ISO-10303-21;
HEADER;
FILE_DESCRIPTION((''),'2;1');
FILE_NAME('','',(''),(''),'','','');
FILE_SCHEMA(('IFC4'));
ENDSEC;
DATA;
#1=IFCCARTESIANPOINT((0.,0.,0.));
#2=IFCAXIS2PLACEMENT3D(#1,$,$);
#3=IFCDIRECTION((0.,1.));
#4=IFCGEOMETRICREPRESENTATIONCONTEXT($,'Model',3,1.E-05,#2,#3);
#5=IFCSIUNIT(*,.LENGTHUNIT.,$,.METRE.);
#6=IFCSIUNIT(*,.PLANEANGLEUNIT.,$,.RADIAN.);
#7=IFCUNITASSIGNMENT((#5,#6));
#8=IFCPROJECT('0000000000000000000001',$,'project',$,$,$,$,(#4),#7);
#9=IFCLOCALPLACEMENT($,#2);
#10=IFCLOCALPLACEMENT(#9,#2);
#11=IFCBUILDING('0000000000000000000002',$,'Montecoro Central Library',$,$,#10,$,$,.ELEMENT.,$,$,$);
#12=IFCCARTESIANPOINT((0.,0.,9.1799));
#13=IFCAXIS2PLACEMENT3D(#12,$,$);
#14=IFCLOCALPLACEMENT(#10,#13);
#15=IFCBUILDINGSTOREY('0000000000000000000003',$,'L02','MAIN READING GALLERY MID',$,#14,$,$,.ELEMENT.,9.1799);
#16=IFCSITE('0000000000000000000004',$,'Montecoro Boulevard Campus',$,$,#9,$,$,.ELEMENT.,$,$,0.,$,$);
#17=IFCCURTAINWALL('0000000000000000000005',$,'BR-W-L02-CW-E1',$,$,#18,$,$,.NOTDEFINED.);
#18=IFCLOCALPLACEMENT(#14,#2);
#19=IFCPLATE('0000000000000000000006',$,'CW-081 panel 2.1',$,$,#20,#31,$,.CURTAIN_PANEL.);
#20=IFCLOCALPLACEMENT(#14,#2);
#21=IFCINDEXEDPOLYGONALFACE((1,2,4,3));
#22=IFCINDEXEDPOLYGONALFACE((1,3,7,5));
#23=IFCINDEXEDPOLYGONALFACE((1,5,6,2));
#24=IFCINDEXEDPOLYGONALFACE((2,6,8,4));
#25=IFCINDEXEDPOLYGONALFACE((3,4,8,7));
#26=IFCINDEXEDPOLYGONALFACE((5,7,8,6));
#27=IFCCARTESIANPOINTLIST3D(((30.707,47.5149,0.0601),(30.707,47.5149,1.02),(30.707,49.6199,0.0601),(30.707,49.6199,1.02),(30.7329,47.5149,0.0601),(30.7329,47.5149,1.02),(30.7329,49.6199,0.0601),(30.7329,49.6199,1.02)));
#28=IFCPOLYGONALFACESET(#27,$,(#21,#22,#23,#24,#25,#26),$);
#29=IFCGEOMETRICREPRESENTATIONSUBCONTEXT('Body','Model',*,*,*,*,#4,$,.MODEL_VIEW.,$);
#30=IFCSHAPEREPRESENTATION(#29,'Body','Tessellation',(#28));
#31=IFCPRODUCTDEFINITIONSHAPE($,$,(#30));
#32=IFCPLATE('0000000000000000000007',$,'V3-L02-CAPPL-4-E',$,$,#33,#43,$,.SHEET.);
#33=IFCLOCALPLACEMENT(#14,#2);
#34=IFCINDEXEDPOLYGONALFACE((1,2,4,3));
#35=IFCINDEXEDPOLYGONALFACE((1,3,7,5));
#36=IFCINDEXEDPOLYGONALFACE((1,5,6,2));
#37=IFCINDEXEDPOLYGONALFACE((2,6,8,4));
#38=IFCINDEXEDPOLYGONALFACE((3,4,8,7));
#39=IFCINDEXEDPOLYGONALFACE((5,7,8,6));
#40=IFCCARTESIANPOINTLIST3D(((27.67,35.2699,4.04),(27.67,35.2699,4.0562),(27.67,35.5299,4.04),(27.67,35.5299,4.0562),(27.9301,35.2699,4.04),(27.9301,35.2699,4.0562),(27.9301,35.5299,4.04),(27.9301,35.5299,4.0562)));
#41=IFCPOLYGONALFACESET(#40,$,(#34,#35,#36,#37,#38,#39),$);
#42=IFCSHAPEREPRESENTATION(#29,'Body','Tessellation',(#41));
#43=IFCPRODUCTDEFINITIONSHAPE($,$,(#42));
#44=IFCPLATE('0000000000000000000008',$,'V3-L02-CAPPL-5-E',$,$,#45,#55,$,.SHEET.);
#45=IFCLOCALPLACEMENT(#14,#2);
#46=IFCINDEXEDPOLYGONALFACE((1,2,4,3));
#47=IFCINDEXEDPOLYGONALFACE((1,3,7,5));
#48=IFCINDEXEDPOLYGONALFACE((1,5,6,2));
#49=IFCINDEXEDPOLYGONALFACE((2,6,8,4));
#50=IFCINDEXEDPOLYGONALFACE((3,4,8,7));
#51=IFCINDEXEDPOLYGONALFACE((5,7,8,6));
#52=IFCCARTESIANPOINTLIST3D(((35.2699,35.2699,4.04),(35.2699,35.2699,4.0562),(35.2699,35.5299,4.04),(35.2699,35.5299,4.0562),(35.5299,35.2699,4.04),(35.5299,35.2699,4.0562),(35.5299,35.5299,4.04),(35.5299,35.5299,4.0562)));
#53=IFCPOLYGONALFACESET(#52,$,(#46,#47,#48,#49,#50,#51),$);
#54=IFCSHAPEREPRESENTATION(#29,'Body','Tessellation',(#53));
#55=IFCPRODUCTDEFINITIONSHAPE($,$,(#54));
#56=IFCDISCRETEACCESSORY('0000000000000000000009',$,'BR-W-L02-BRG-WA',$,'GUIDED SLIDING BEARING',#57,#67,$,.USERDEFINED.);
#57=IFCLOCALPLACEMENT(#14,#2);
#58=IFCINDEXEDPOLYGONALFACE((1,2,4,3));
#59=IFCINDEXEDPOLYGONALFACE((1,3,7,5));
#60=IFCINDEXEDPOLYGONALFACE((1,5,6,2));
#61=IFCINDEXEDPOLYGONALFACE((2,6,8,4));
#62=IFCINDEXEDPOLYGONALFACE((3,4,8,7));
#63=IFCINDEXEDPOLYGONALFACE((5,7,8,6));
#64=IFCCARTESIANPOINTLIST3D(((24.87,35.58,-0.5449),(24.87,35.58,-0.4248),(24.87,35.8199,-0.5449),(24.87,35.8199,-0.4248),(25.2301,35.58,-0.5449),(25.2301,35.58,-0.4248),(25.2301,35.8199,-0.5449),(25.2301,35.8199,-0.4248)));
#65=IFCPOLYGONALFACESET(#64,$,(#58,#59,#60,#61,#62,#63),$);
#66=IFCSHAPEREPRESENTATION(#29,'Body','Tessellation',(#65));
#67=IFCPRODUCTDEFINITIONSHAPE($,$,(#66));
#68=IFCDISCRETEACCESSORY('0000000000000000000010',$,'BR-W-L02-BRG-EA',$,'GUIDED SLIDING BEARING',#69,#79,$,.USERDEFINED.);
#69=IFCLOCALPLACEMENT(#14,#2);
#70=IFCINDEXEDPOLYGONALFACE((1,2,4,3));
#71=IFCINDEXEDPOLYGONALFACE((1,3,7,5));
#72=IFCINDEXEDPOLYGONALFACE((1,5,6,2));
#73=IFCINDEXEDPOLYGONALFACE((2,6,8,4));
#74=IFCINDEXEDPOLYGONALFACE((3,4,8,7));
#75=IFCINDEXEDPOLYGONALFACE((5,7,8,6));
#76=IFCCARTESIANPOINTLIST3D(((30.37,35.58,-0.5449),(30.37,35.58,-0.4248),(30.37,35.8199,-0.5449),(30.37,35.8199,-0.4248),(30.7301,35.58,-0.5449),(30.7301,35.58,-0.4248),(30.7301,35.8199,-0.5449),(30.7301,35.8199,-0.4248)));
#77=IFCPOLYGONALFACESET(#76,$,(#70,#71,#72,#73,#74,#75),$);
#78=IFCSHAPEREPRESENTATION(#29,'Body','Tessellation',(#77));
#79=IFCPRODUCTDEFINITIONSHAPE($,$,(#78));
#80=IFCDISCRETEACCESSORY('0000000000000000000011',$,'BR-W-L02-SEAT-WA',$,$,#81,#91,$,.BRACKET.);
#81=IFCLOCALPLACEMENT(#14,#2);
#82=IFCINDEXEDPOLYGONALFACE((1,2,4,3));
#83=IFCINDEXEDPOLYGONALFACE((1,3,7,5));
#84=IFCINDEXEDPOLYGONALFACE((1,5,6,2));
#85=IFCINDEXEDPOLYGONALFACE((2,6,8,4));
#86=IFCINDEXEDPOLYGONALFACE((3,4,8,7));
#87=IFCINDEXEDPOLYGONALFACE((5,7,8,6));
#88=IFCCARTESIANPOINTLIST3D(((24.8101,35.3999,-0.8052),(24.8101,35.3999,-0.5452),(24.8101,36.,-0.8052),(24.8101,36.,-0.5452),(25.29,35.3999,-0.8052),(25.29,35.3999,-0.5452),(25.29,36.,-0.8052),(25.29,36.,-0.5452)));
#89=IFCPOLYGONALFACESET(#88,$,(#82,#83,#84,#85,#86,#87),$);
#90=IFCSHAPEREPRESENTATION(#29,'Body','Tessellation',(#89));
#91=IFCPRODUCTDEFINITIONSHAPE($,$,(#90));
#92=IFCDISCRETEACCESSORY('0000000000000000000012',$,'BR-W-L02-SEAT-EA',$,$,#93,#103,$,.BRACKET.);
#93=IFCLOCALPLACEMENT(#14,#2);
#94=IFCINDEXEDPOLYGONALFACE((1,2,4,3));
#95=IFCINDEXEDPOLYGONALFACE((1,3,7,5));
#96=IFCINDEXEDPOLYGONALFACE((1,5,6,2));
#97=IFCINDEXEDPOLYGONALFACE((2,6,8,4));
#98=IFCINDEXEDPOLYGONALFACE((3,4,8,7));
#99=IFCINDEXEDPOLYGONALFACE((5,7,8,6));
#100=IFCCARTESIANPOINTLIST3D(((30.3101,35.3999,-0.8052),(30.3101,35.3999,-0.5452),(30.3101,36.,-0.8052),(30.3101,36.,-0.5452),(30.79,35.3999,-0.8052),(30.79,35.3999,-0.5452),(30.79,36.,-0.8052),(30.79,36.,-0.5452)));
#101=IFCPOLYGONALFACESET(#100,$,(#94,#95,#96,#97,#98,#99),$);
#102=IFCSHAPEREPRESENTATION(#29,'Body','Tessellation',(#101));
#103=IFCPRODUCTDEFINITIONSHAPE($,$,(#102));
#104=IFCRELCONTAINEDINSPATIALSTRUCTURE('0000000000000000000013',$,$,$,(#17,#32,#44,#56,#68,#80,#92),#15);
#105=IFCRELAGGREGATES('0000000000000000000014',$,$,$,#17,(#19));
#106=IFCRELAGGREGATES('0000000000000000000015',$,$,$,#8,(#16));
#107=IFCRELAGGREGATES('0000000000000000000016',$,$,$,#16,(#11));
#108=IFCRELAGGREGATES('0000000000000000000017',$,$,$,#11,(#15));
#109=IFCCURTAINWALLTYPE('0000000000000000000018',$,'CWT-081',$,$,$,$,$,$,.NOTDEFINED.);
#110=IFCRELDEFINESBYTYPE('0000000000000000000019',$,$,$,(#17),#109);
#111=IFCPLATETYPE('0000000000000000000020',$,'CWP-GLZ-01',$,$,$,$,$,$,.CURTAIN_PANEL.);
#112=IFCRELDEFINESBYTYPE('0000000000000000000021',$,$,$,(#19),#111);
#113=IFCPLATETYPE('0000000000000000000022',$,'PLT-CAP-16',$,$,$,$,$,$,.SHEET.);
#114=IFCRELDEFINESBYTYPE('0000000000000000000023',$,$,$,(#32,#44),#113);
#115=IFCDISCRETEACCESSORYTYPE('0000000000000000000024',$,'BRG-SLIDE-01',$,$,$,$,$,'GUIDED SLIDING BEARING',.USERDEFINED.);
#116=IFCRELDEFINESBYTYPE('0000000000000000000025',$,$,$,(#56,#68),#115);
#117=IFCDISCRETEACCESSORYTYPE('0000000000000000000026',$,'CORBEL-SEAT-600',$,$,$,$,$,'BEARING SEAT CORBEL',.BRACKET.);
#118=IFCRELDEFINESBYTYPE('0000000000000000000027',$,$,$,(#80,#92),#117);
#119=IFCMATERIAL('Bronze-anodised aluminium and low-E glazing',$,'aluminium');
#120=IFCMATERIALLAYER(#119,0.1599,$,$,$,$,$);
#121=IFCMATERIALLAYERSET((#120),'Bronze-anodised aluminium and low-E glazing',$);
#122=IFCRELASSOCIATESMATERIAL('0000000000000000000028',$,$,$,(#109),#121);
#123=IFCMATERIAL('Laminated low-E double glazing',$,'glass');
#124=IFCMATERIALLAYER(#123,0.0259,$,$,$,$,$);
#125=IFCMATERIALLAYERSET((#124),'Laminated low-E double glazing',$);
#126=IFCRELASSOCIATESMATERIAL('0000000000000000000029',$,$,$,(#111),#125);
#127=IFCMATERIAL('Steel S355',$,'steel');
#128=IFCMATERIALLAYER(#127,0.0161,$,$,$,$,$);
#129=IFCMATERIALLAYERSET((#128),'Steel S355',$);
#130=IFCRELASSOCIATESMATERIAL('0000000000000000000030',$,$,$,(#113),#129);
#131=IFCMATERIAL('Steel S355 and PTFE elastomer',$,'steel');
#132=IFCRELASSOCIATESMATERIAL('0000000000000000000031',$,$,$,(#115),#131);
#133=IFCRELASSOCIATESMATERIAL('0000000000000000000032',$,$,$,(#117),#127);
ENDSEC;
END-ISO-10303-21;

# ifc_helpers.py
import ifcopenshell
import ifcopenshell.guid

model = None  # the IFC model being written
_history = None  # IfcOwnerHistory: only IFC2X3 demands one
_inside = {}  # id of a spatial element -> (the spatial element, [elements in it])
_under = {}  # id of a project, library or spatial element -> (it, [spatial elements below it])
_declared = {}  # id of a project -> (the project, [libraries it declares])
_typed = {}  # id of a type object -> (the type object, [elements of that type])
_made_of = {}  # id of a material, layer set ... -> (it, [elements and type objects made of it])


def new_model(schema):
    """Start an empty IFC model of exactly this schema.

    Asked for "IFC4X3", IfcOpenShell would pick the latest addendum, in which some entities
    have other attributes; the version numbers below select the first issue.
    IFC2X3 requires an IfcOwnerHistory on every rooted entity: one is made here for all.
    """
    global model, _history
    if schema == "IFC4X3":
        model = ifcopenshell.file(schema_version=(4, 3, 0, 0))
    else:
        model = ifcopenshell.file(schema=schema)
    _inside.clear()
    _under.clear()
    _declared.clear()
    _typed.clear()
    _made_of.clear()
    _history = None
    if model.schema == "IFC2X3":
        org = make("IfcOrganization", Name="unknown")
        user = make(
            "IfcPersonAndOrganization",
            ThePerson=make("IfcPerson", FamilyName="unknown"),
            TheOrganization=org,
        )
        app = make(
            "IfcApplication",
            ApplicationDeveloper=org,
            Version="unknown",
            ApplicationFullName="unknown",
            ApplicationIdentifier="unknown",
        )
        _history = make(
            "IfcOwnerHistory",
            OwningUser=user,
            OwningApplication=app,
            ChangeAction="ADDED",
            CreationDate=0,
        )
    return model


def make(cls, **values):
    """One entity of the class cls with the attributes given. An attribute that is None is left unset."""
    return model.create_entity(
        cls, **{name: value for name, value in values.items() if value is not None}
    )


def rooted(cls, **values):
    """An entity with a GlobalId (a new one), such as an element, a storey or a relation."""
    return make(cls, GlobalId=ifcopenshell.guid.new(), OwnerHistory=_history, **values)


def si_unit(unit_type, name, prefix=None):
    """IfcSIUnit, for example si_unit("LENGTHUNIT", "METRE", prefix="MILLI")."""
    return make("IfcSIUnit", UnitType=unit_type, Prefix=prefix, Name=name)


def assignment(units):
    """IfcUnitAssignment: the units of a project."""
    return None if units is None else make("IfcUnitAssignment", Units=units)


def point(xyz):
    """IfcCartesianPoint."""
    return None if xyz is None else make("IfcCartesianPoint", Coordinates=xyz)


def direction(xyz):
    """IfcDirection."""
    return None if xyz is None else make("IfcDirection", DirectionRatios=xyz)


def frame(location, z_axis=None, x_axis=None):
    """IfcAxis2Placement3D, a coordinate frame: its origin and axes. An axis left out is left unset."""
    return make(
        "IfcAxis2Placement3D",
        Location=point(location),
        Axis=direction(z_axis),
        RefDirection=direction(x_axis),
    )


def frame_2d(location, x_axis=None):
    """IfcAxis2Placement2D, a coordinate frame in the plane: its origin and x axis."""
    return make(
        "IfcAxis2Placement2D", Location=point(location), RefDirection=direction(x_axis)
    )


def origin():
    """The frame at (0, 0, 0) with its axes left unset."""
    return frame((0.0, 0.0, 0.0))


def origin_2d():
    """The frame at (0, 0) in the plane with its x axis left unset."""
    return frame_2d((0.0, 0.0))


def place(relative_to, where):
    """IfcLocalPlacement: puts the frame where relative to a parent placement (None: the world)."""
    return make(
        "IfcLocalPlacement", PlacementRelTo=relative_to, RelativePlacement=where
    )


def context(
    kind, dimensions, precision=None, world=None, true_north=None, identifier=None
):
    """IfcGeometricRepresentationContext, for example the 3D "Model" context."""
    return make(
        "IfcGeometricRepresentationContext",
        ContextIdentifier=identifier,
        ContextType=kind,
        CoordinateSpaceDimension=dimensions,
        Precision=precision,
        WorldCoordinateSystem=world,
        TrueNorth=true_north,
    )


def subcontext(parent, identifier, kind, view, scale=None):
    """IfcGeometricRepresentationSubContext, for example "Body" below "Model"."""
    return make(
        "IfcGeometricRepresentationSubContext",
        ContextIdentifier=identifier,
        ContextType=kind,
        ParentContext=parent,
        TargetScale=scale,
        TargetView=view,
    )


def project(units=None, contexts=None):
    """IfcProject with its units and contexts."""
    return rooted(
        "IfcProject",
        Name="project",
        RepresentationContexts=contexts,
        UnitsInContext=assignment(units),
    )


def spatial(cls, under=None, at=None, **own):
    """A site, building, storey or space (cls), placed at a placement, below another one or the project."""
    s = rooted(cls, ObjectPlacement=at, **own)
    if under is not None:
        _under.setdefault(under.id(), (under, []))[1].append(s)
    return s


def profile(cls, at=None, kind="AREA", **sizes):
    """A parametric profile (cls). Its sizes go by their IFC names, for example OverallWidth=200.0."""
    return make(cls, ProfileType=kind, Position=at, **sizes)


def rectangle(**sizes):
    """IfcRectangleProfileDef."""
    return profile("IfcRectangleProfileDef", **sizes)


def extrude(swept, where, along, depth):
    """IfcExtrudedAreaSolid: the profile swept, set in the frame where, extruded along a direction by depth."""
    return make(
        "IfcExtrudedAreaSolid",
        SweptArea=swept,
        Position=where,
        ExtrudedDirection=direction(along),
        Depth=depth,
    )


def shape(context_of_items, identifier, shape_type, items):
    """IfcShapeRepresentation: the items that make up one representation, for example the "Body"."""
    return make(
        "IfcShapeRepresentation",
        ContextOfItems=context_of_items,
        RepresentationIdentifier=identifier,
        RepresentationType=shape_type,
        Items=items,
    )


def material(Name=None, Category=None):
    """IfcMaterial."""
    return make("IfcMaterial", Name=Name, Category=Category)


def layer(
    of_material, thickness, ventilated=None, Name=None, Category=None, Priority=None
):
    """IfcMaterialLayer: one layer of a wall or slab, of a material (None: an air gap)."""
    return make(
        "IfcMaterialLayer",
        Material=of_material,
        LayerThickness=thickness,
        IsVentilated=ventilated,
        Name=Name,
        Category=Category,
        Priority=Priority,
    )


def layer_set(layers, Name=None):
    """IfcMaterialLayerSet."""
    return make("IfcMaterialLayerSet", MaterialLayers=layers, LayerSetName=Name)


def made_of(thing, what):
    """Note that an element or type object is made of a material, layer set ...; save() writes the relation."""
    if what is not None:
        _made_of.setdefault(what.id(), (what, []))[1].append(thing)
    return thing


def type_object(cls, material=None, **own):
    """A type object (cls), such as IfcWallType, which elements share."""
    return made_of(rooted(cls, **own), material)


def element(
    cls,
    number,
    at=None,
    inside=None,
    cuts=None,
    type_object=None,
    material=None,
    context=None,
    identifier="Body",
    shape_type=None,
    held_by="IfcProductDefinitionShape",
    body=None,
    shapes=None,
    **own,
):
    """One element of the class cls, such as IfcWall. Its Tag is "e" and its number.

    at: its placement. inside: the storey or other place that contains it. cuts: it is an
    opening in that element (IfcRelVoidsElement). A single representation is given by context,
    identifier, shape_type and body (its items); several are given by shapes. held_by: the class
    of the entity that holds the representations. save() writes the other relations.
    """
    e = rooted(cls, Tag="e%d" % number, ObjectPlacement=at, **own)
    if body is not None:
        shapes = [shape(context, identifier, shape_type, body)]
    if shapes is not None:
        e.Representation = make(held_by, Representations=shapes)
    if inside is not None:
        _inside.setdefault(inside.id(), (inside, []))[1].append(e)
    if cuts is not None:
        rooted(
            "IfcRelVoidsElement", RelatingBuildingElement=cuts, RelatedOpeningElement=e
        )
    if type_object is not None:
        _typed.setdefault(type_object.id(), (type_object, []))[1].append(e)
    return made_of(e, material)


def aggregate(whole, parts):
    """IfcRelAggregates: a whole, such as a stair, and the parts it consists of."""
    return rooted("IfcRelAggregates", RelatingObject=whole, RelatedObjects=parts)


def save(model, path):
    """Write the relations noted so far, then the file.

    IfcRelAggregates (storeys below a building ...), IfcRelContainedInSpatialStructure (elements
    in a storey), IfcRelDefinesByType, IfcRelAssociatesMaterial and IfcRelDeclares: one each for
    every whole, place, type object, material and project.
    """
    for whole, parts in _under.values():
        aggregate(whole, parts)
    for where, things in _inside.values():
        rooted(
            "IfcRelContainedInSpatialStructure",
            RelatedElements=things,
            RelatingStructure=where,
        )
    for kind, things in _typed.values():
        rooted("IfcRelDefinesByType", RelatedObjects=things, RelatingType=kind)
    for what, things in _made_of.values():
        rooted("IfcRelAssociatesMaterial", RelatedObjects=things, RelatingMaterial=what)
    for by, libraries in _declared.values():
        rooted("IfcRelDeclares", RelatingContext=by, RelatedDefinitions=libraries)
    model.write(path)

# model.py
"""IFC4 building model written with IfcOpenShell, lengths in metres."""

from ifc_helpers import new_model, si_unit, direction, frame, origin, origin_2d, place, context, subcontext, project, spatial, rectangle, extrude, material, layer, layer_set, type_object, element, aggregate, save


model = new_model("IFC4")

# Units and contexts
model_context = context("Model", 3, precision=1e-05, world=origin(), true_north=direction((0.0, 1.0)))
body_context = subcontext(model_context, "Body", "Model", "MODEL_VIEW")
ifc_project = project(units=[si_unit("LENGTHUNIT", "METRE"), si_unit("PLANEANGLEUNIT", "RADIAN")], contexts=[model_context])

# Site, building, storey
site_placement = place(None, origin())
site = spatial("IfcSite", under=ifc_project, at=site_placement, Name="Montecoro Boulevard Campus", CompositionType="ELEMENT", RefElevation=0.0)
building_placement = place(site_placement, origin())
building = spatial("IfcBuilding", under=site, at=building_placement, Name="Montecoro Central Library", CompositionType="ELEMENT")
storey_placement = place(building_placement, frame((0.0, 0.0, 9.1799)))
storey = spatial("IfcBuildingStorey", under=building, at=storey_placement, Name="L02", Description="MAIN READING GALLERY MID", CompositionType="ELEMENT", Elevation=9.1799)

# Shared definitions
ifc_material_1 = material(Name="Steel S355", Category="steel")

# Curtain wall, plate
ifc_material_2 = material(Name="Bronze-anodised aluminium and low-E glazing", Category="aluminium")
ifc_layer_1 = layer(ifc_material_2, 0.1599)
ifc_layer_set_1 = layer_set([ifc_layer_1], Name="Bronze-anodised aluminium and low-E glazing")
curtain_wall_type = type_object("IfcCurtainWallType", Name="CWT-081", PredefinedType="NOTDEFINED", material=ifc_layer_set_1)
curtain_wall_placement = place(storey_placement, origin())
curtain_wall = element("IfcCurtainWall", 1, at=curtain_wall_placement, inside=storey, type_object=curtain_wall_type, Name="BR-W-L02-CW-E1", PredefinedType="NOTDEFINED")
ifc_material_3 = material(Name="Laminated low-E double glazing", Category="glass")
ifc_layer_2 = layer(ifc_material_3, 0.0259)
ifc_layer_set_2 = layer_set([ifc_layer_2], Name="Laminated low-E double glazing")
plate_type_1 = type_object("IfcPlateType", Name="CWP-GLZ-01", PredefinedType="CURTAIN_PANEL", material=ifc_layer_set_2)
plate_1_placement = place(storey_placement, frame((30.72, 48.5674, 0.0601), z_axis=(0.0, 0.0, 1.0), x_axis=(0.0, 1.0, 0.0)))
plate_1 = element("IfcPlate", 2, at=plate_1_placement, type_object=plate_type_1, Name="CW-081 panel 2.1", PredefinedType="CURTAIN_PANEL", context=body_context, shape_type="SweptSolid", body=[
    extrude(rectangle(XDim=2.105, YDim=0.0259, at=origin_2d()), origin(), (0.0, 0.0, 1.0), 0.96),
])
aggregate(curtain_wall, [plate_1])

# Plates
ifc_layer_3 = layer(ifc_material_1, 0.0161)
ifc_layer_set_3 = layer_set([ifc_layer_3], Name="Steel S355")
plate_type_2 = type_object("IfcPlateType", Name="PLT-CAP-16", PredefinedType="SHEET", material=ifc_layer_set_3)
for number, where, z_axis, x_axis, name in (
    (3, (27.8, 35.3999, 4.04), (0.0, 0.0, 1.0), (1.0, 0.0, 0.0), "V3-L02-CAPPL-4-E"),
    (4, (35.3999, 35.3999, 4.04), (0.0, 0.0, 1.0), (1.0, 0.0, 0.0), "V3-L02-CAPPL-5-E"),
):
    element("IfcPlate", number, at=place(storey_placement, frame(where, z_axis=z_axis, x_axis=x_axis)), inside=storey, type_object=plate_type_2, Name=name, PredefinedType="SHEET", context=body_context, shape_type="SweptSolid", body=[
        extrude(rectangle(XDim=0.26, YDim=0.26, at=origin_2d()), origin(), (0.0, 0.0, 1.0), 0.0161),
    ])

# Discrete accessories
ifc_material_4 = material(Name="Steel S355 and PTFE elastomer", Category="steel")
discrete_accessory_type_1 = type_object("IfcDiscreteAccessoryType", Name="BRG-SLIDE-01", ElementType="GUIDED SLIDING BEARING", PredefinedType="USERDEFINED", material=ifc_material_4)
for number, where, z_axis, x_axis, name in (
    (5, (25.05, 35.7, -0.5449), (0.0, 0.0, 1.0), (1.0, 0.0, 0.0), "BR-W-L02-BRG-WA"),
    (6, (30.55, 35.7, -0.5449), (0.0, 0.0, 1.0), (1.0, 0.0, 0.0), "BR-W-L02-BRG-EA"),
):
    element("IfcDiscreteAccessory", number, at=place(storey_placement, frame(where, z_axis=z_axis, x_axis=x_axis)), inside=storey, type_object=discrete_accessory_type_1, Name=name, ObjectType="GUIDED SLIDING BEARING", PredefinedType="USERDEFINED", context=body_context, shape_type="SweptSolid", body=[
        extrude(rectangle(XDim=0.3601, YDim=0.24, at=origin_2d()), origin(), (0.0, 0.0, 1.0), 0.1201),
    ])
discrete_accessory_type_2 = type_object("IfcDiscreteAccessoryType", Name="CORBEL-SEAT-600", ElementType="BEARING SEAT CORBEL", PredefinedType="BRACKET", material=ifc_material_1)
for number, where, z_axis, x_axis, name in (
    (7, (25.05, 35.7, -0.8052), (0.0, 0.0, 1.0), (1.0, 0.0, 0.0), "BR-W-L02-SEAT-WA"),
    (8, (30.55, 35.7, -0.8052), (0.0, 0.0, 1.0), (1.0, 0.0, 0.0), "BR-W-L02-SEAT-EA"),
):
    element("IfcDiscreteAccessory", number, at=place(storey_placement, frame(where, z_axis=z_axis, x_axis=x_axis)), inside=storey, type_object=discrete_accessory_type_2, Name=name, PredefinedType="BRACKET", context=body_context, shape_type="SweptSolid", body=[
        extrude(rectangle(XDim=0.48, YDim=0.6001, at=origin_2d()), origin(), (0.0, 0.0, 1.0), 0.26),
    ])

save(model, "model.ifc")
